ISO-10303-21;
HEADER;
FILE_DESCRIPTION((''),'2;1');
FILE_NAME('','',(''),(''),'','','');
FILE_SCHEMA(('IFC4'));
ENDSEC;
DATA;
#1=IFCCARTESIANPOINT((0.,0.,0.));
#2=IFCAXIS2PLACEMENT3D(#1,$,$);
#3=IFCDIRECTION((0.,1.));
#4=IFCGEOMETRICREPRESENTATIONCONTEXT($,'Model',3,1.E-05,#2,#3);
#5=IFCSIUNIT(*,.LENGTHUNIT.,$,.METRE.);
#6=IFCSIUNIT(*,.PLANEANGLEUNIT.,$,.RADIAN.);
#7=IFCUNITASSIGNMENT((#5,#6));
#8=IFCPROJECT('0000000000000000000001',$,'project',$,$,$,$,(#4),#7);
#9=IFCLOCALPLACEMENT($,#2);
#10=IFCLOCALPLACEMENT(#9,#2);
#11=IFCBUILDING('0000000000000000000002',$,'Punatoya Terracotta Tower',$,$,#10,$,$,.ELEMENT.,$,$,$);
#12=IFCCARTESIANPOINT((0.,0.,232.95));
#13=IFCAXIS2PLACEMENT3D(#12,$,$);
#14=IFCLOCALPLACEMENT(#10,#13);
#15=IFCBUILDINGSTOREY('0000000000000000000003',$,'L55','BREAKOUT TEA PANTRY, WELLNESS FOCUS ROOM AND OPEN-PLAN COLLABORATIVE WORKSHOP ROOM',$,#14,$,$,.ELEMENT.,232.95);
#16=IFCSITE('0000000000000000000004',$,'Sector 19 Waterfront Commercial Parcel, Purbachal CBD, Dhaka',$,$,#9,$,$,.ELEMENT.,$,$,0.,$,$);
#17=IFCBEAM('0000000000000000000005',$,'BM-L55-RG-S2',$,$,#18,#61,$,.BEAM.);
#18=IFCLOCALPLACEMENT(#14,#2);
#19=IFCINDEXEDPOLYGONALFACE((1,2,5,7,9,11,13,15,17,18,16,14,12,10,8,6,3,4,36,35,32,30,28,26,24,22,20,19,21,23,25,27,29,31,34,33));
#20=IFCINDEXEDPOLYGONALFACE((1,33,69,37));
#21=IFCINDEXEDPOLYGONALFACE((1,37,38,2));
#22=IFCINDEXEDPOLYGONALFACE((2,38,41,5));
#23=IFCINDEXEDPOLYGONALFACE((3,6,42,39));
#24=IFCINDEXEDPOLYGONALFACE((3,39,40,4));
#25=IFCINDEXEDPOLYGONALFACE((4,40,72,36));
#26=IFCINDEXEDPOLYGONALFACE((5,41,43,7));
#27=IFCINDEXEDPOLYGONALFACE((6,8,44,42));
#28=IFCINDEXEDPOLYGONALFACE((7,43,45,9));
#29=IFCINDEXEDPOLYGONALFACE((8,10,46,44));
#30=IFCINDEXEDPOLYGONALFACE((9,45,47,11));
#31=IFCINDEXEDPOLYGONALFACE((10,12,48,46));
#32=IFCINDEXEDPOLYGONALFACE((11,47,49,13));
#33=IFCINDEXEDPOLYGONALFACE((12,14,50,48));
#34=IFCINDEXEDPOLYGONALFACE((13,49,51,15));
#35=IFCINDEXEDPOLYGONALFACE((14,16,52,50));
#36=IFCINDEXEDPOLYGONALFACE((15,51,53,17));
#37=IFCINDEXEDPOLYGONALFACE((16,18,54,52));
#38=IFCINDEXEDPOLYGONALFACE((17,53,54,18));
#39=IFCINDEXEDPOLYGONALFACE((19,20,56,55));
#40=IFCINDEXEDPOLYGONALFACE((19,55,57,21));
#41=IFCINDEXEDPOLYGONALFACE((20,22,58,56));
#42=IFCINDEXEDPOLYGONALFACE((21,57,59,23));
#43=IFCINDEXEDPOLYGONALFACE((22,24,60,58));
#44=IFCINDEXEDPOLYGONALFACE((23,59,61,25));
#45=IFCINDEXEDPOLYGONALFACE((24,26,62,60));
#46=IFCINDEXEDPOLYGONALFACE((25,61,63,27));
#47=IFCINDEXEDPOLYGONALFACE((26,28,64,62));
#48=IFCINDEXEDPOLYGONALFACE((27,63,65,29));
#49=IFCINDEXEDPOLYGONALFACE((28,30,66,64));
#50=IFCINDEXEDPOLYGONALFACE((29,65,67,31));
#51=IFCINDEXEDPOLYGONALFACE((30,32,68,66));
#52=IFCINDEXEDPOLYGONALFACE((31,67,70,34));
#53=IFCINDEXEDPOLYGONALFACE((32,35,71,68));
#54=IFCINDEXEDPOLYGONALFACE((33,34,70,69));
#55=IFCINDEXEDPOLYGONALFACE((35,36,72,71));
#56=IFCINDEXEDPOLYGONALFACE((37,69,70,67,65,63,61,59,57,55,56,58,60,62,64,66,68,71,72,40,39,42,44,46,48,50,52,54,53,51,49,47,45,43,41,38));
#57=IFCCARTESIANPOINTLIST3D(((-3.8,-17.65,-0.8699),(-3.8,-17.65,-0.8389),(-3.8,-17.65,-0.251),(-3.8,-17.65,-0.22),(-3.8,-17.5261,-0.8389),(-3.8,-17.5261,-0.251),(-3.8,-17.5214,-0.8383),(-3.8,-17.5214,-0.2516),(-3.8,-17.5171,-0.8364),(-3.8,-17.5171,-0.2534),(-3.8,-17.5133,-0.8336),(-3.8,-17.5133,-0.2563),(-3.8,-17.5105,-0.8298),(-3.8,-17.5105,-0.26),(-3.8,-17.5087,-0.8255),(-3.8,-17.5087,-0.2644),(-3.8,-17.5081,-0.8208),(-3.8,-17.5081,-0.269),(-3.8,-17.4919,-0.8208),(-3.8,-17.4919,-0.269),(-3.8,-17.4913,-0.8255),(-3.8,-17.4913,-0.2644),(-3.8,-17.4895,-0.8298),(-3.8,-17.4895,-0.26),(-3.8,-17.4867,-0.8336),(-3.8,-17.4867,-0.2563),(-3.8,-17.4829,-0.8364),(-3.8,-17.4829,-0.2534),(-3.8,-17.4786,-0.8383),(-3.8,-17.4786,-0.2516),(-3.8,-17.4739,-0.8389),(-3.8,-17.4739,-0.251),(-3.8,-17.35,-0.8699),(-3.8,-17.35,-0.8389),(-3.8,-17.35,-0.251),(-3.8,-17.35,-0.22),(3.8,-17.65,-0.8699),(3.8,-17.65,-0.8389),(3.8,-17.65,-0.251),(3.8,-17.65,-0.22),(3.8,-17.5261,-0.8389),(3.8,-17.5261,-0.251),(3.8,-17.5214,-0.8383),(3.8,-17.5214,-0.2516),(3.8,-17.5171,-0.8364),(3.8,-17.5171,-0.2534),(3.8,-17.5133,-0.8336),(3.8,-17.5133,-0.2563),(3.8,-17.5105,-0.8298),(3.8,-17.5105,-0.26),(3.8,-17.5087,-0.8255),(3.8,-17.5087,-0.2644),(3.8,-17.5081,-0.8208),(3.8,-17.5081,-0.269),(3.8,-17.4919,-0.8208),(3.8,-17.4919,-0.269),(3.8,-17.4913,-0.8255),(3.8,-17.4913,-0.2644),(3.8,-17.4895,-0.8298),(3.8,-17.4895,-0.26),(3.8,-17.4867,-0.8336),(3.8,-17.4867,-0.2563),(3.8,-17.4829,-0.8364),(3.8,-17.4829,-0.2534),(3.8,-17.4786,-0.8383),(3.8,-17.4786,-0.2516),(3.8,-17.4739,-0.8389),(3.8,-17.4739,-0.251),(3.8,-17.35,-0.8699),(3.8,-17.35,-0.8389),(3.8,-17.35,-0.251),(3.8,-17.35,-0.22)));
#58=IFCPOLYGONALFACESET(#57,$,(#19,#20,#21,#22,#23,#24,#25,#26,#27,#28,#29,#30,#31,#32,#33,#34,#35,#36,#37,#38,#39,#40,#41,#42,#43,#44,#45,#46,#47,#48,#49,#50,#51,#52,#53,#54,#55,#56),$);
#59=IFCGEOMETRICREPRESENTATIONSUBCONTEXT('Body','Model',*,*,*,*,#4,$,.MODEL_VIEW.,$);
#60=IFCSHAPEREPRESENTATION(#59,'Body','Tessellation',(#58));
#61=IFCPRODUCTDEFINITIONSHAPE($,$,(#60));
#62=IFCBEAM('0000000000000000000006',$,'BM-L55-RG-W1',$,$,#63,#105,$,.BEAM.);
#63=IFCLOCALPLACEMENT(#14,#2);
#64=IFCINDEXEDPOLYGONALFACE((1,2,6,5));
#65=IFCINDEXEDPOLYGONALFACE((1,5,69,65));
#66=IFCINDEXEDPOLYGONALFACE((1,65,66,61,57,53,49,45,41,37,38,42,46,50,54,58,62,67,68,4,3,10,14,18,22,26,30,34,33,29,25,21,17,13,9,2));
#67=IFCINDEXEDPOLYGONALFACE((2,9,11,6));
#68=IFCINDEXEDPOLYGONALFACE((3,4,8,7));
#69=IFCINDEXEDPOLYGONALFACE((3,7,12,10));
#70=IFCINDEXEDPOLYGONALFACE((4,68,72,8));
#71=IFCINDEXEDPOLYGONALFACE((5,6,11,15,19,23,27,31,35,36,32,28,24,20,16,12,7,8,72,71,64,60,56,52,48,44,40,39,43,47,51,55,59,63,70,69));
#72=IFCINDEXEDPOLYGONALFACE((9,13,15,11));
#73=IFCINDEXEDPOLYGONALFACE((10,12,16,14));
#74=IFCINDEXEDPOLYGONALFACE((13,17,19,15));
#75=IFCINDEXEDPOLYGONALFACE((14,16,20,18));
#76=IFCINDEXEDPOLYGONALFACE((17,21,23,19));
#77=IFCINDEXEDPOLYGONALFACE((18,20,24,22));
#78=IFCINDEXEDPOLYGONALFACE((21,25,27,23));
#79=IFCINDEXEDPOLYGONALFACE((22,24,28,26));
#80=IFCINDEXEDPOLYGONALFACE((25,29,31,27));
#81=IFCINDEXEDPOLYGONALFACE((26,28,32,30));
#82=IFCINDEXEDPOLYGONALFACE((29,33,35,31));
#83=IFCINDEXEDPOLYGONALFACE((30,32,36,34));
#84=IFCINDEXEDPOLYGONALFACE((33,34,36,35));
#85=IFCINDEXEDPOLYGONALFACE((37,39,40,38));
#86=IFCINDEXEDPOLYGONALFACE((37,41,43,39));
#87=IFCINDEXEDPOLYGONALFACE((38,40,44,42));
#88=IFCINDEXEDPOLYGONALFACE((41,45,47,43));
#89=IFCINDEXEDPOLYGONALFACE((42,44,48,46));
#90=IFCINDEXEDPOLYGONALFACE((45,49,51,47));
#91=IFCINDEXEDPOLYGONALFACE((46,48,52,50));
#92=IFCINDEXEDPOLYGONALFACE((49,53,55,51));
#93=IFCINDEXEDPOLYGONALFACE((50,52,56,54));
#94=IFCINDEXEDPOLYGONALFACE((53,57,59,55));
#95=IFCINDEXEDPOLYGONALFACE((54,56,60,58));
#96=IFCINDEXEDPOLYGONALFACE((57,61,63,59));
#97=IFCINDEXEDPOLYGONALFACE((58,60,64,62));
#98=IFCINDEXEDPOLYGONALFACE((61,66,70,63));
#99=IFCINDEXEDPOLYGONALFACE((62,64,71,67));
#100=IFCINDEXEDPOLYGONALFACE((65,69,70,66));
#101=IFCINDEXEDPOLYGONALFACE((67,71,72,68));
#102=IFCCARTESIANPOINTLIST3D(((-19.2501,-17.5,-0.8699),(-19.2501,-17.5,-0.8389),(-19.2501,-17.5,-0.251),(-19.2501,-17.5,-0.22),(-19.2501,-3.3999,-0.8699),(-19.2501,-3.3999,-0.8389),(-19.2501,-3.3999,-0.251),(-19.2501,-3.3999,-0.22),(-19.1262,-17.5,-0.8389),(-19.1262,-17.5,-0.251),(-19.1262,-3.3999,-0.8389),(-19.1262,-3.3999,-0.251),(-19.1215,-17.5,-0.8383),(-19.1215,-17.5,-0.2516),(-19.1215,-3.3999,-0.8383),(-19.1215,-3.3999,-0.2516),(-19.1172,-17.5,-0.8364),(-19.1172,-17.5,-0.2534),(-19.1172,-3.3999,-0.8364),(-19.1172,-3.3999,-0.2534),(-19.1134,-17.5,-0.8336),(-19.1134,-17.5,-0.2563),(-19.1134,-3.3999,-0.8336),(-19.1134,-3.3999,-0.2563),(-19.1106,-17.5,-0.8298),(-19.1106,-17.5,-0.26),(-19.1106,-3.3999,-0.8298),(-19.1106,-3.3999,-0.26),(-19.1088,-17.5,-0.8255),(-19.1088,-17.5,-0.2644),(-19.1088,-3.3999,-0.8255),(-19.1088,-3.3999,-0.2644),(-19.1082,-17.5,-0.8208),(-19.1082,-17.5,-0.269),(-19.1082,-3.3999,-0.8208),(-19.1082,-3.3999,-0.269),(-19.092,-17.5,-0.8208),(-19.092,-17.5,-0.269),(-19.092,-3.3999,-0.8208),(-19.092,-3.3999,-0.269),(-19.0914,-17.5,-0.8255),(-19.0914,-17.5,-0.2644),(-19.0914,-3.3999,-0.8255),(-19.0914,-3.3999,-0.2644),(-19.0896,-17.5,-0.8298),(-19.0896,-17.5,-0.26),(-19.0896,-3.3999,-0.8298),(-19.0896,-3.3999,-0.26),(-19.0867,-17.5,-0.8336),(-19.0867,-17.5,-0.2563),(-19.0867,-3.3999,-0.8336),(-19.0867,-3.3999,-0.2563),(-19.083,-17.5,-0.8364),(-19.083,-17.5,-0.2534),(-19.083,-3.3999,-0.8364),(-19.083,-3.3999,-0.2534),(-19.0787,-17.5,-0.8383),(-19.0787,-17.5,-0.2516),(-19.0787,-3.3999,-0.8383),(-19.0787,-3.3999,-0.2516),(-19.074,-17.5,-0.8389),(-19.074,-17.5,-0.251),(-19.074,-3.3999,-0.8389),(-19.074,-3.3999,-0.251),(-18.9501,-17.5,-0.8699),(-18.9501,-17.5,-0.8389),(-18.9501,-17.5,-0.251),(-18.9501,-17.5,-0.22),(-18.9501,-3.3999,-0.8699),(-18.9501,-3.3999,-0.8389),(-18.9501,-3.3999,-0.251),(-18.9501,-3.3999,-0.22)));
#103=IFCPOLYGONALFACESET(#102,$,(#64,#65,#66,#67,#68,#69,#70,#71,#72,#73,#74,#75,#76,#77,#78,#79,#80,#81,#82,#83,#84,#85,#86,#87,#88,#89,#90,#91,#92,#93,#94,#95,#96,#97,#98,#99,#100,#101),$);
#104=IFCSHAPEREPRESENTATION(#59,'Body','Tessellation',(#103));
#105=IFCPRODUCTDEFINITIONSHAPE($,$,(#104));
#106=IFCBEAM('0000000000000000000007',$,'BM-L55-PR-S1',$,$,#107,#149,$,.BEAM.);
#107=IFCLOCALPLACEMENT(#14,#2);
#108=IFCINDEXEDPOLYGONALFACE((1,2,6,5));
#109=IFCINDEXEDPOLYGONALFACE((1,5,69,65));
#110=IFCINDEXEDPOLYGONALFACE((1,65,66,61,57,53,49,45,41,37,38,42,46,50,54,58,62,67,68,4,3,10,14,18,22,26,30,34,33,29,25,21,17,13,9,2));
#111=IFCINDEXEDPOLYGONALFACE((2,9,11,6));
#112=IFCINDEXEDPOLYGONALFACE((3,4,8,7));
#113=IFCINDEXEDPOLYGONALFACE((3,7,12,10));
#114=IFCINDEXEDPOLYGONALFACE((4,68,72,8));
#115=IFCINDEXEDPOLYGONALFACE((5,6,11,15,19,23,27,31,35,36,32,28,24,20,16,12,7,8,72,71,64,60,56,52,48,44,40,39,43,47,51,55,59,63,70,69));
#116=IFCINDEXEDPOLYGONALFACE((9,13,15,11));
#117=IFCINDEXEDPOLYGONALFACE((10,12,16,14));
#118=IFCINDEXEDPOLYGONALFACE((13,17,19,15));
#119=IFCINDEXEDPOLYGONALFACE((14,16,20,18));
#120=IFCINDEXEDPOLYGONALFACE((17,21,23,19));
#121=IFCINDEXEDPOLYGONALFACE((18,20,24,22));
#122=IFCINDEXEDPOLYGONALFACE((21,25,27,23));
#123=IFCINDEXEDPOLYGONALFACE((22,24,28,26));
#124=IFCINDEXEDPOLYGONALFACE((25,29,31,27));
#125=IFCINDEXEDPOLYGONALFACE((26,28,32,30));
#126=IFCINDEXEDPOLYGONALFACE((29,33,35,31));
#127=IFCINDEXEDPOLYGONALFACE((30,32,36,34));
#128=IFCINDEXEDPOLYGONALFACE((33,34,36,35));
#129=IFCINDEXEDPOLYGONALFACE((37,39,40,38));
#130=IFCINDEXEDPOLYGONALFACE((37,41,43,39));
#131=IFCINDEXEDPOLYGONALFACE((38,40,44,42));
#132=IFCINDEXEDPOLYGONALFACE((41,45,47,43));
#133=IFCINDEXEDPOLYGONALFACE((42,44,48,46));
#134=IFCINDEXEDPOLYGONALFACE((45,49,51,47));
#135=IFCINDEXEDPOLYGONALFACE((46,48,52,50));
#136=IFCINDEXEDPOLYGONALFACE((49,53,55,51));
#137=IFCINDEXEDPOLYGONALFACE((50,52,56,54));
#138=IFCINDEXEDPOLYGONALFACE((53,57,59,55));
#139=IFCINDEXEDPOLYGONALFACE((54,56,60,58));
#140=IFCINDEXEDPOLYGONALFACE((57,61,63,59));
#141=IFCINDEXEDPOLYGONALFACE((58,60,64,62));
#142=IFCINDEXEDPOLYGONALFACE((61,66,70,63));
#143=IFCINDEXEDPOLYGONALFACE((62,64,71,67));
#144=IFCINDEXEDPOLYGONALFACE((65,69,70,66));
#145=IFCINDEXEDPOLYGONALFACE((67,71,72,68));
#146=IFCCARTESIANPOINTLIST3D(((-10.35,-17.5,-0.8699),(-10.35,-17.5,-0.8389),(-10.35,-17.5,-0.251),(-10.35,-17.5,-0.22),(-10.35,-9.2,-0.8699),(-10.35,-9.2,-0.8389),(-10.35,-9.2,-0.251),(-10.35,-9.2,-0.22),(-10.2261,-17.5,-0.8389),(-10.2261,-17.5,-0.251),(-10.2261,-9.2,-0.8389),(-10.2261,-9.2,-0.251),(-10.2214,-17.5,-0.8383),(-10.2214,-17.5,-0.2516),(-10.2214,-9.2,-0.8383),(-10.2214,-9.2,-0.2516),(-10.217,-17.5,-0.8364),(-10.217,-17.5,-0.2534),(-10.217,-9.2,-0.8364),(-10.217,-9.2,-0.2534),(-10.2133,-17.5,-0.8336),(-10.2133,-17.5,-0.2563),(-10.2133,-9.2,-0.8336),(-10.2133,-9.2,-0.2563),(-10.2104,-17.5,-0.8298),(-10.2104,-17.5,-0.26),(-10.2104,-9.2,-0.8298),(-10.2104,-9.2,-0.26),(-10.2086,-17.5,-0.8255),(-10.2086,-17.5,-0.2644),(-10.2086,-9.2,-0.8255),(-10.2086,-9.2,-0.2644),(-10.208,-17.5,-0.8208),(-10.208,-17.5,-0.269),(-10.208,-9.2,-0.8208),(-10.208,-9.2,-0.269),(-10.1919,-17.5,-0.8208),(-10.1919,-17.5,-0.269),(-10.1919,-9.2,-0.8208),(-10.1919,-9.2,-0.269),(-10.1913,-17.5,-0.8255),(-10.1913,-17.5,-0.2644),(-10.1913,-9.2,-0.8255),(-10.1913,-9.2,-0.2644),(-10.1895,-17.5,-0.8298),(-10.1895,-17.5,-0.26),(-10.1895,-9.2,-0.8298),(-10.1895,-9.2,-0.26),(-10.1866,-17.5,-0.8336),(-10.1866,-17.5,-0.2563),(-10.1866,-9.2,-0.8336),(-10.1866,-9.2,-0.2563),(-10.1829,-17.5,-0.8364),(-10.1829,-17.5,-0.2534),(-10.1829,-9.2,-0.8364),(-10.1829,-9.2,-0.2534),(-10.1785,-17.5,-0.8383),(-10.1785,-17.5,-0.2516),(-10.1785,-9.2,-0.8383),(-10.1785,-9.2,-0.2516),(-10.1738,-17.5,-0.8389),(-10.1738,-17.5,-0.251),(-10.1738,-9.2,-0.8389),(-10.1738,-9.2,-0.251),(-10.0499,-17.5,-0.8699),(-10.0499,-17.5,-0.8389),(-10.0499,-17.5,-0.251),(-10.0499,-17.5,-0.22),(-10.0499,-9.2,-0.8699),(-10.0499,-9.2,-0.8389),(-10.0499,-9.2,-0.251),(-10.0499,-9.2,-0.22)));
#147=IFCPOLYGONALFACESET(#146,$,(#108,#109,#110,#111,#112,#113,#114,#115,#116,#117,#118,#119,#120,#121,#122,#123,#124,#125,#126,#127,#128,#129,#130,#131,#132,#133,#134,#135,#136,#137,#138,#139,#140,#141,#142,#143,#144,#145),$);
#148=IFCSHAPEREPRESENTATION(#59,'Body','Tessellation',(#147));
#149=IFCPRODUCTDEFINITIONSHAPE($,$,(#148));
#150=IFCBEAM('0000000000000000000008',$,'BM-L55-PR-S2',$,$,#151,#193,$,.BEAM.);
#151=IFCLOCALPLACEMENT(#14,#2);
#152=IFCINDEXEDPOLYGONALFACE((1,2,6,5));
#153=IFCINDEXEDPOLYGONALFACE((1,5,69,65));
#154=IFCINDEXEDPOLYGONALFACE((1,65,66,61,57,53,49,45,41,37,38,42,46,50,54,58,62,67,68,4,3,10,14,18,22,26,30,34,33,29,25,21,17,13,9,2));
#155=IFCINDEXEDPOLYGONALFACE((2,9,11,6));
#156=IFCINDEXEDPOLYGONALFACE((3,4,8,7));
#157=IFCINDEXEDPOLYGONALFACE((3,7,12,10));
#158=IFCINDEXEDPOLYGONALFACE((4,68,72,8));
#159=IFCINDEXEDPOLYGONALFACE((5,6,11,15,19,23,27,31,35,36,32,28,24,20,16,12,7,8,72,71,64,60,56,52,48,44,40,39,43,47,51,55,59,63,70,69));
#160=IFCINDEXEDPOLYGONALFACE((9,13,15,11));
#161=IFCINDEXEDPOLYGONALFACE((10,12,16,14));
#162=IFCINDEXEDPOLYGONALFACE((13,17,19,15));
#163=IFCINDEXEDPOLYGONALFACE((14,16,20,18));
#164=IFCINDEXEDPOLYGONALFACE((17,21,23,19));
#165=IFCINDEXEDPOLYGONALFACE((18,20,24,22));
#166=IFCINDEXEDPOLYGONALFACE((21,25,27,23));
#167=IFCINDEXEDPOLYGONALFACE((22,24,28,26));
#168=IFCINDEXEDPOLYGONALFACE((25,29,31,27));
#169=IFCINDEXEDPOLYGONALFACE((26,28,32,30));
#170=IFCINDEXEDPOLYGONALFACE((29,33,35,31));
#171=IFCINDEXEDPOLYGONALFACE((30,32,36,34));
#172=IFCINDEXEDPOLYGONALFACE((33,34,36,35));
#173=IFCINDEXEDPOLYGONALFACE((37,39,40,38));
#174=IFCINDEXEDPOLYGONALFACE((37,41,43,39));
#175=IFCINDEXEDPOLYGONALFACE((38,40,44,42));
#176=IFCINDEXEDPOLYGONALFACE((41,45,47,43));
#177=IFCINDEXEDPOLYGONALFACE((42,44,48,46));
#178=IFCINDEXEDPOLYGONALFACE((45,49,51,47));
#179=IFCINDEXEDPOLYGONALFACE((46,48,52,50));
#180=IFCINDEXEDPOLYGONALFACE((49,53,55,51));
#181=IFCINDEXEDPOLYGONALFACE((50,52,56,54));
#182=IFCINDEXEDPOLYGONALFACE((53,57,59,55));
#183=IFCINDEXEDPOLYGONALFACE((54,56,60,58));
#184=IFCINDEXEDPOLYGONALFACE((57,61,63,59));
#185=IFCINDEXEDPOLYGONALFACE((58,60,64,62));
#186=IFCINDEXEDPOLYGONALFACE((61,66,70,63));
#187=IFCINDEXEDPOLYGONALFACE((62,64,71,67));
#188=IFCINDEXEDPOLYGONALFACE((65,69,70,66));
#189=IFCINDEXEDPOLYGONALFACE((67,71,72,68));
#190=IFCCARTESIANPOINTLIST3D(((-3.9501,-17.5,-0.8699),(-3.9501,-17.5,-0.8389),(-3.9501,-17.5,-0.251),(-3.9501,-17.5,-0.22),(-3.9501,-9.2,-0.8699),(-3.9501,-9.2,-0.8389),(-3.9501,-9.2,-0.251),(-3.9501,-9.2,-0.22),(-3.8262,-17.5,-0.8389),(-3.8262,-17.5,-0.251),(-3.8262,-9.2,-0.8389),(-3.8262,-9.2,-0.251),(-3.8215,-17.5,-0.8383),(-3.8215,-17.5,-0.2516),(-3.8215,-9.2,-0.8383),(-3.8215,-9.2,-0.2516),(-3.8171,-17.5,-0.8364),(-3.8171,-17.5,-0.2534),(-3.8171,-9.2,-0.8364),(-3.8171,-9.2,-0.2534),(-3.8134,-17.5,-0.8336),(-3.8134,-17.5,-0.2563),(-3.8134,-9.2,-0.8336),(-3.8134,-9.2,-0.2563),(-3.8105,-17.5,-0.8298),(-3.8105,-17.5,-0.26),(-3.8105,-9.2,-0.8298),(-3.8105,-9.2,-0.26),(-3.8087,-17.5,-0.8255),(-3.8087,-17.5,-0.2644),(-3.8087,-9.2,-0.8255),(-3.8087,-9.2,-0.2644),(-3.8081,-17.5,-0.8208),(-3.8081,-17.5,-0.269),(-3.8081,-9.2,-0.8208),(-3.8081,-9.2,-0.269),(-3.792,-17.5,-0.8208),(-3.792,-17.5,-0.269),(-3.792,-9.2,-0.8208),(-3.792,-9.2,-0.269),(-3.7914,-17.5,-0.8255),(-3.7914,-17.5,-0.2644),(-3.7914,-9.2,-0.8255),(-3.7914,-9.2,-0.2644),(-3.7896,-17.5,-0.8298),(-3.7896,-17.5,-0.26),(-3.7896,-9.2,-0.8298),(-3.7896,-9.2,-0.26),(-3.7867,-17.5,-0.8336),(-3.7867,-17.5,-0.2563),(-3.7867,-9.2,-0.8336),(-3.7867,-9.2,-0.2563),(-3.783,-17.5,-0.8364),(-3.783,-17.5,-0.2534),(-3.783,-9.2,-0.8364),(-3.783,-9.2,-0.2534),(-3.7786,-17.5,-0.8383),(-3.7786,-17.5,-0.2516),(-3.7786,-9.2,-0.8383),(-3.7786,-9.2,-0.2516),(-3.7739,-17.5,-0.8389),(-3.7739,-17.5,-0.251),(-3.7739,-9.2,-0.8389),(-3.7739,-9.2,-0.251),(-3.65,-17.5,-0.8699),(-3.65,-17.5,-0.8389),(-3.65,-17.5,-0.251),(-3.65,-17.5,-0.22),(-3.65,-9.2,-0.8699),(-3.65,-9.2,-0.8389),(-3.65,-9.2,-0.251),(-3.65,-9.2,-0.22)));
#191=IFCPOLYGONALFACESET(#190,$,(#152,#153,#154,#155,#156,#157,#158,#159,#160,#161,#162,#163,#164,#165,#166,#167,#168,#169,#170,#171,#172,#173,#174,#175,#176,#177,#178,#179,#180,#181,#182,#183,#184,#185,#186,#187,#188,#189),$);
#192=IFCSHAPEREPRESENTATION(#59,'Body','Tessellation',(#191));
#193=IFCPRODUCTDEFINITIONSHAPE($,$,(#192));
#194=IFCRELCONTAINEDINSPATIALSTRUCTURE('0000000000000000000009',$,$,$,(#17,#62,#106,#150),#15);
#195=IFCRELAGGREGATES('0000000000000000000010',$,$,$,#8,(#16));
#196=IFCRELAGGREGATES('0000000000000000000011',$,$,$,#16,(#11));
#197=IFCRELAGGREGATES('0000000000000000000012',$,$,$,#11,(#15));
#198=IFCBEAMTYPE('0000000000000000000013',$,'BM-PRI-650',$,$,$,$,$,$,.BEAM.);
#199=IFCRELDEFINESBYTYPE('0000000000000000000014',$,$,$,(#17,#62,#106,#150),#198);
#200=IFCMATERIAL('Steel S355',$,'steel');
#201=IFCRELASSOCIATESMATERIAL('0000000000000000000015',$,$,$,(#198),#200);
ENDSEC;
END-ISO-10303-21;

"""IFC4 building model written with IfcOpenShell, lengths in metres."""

from ifc_helpers import new_model, si_unit, direction, frame, origin, origin_2d, place, context, subcontext, project, spatial, i_section, extrude, material, material_profile, profile_set, type_object, element, save


model = new_model("IFC4")

# Units and contexts
model_context = context("Model", 3, precision=1e-05, world=origin(), true_north=direction((0.0, 1.0)))
body_context = subcontext(model_context, "Body", "Model", "MODEL_VIEW")
ifc_project = project(units=[si_unit("LENGTHUNIT", "METRE"), si_unit("PLANEANGLEUNIT", "RADIAN")], contexts=[model_context])

# Site, building, storey
site_placement = place(None, origin())
site = spatial("IfcSite", under=ifc_project, at=site_placement, Name="Sector 19 Waterfront Commercial Parcel, Purbachal CBD, Dhaka", CompositionType="ELEMENT", RefElevation=0.0)
building_placement = place(site_placement, origin())
building = spatial("IfcBuilding", under=site, at=building_placement, Name="Punatoya Terracotta Tower", CompositionType="ELEMENT")
storey_placement = place(building_placement, frame((0.0, 0.0, 232.95)))
storey = spatial("IfcBuildingStorey", under=building, at=storey_placement, Name="L55", Description="BREAKOUT TEA PANTRY, WELLNESS FOCUS ROOM AND OPEN-PLAN COLLABORATIVE WORKSHOP ROOM", CompositionType="ELEMENT", Elevation=232.95)

# Beams
ifc_material_1 = material(Name="Steel S355", Category="steel")
ifc_material_profile_1 = material_profile(ifc_material_1, i_section(OverallWidth=0.3, OverallDepth=0.6499, WebThickness=0.0161, FlangeThickness=0.031, FilletRadius=0.0181, at=origin_2d()))
ifc_profile_set_1 = profile_set([ifc_material_profile_1], Name="Steel S355")
beam_type_1 = type_object("IfcBeamType", Name="BM-PRI-650", PredefinedType="BEAM", material=ifc_profile_set_1)
beam_1_placement = place(storey_placement, frame((-3.8, -17.5, -0.5449), z_axis=(1.0, 0.0, 0.0), x_axis=(0.0, 1.0, 0.0)))
element("IfcBeam", 1, at=beam_1_placement, inside=storey, type_object=beam_type_1, Name="BM-L55-RG-S2", PredefinedType="BEAM", context=body_context, shape_type="SweptSolid", body=[
    extrude(i_section(OverallWidth=0.3, OverallDepth=0.6499, WebThickness=0.0161, FlangeThickness=0.031, FilletRadius=0.0181, at=origin_2d()), origin(), (0.0, 0.0, 1.0), 7.6001),
])
beam_2_placement = place(storey_placement, frame((-19.1001, -17.5, -0.5449), z_axis=(0.0, 1.0, 0.0), x_axis=(-1.0, 0.0, 0.0)))
element("IfcBeam", 2, at=beam_2_placement, inside=storey, type_object=beam_type_1, Name="BM-L55-RG-W1", PredefinedType="BEAM", context=body_context, shape_type="SweptSolid", body=[
    extrude(i_section(OverallWidth=0.3, OverallDepth=0.6499, WebThickness=0.0161, FlangeThickness=0.031, FilletRadius=0.0181, at=origin_2d()), origin(), (0.0, 0.0, 1.0), 14.1001),
])
for number, where, z_axis, x_axis, name in (
    (3, (-10.2, -17.5, -0.5449), (0.0, 1.0, 0.0), (-1.0, 0.0, 0.0), "BM-L55-PR-S1"),
    (4, (-3.8, -17.5, -0.5449), (0.0, 1.0, 0.0), (-1.0, 0.0, 0.0), "BM-L55-PR-S2"),
):
    element("IfcBeam", number, at=place(storey_placement, frame(where, z_axis=z_axis, x_axis=x_axis)), inside=storey, type_object=beam_type_1, Name=name, PredefinedType="BEAM", context=body_context, shape_type="SweptSolid", body=[
        extrude(i_section(OverallWidth=0.3, OverallDepth=0.6499, WebThickness=0.0161, FlangeThickness=0.031, FilletRadius=0.0181, at=origin_2d()), origin(), (0.0, 0.0, 1.0), 8.3),
    ])

save(model, "model.ifc")
